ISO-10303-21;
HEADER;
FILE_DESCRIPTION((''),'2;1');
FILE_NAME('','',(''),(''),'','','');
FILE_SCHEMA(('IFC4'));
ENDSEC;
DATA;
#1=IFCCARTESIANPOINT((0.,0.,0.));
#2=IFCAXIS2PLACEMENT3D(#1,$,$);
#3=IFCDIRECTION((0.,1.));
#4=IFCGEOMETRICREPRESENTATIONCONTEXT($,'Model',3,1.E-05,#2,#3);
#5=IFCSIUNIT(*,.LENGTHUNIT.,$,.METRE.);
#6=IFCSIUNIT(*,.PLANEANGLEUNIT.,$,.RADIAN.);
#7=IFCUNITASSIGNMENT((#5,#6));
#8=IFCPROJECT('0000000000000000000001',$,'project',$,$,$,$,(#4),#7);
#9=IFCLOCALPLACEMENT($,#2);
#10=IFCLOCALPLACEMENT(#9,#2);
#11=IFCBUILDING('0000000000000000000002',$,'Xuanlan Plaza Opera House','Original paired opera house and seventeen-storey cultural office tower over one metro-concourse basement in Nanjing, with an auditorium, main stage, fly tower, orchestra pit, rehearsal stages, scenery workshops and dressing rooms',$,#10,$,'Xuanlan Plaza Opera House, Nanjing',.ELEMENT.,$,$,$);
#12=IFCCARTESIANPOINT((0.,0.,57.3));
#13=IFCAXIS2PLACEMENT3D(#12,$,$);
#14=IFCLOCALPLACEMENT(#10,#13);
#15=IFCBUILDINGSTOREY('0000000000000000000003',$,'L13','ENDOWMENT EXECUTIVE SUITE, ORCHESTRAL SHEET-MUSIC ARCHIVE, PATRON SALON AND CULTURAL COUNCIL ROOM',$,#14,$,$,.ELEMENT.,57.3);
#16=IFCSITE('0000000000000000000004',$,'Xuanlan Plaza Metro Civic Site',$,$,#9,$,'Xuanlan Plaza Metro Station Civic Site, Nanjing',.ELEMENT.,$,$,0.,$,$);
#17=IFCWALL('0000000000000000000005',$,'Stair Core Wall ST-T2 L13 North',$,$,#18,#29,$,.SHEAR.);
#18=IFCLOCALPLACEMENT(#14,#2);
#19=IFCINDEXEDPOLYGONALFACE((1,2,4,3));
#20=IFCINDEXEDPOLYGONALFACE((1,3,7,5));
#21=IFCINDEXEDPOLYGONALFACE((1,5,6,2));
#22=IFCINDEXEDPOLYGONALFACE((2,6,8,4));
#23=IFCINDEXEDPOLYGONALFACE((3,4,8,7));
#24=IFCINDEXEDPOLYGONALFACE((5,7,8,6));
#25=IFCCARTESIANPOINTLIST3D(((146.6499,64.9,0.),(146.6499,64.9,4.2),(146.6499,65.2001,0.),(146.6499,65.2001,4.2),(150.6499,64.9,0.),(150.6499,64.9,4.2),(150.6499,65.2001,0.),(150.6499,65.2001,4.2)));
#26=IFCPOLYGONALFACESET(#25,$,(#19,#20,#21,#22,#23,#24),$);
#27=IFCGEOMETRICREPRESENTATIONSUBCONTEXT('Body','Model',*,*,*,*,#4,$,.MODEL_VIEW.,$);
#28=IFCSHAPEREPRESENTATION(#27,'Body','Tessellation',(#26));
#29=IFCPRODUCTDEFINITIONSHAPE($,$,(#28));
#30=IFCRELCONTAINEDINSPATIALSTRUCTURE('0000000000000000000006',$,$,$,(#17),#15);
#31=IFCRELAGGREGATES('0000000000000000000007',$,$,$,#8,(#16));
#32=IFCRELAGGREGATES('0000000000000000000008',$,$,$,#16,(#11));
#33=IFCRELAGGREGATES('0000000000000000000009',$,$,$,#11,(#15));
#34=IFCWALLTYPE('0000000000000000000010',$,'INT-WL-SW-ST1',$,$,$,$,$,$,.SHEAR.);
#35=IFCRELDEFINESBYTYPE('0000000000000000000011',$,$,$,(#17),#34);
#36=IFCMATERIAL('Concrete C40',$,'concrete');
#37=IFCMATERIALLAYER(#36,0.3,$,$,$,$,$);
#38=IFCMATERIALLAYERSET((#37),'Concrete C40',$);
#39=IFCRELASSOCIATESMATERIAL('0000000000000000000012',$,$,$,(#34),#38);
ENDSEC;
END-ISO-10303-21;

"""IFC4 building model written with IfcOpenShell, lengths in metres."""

from ifc_helpers import new_model, si_unit, direction, frame, frame_2d, origin, place, context, subcontext, project, spatial, rectangle, extrude, material, layer, layer_set, type_object, element, save


model = new_model("IFC4")

# Units and contexts
model_context = context("Model", 3, precision=1e-05, world=origin(), true_north=direction((0.0, 1.0)))
body_context = subcontext(model_context, "Body", "Model", "MODEL_VIEW")
ifc_project = project(units=[si_unit("LENGTHUNIT", "METRE"), si_unit("PLANEANGLEUNIT", "RADIAN")], contexts=[model_context])

# Site, building, storey
site_placement = place(None, origin())
site = spatial("IfcSite", under=ifc_project, at=site_placement, Name="Xuanlan Plaza Metro Civic Site", LongName="Xuanlan Plaza Metro Station Civic Site, Nanjing", CompositionType="ELEMENT", RefElevation=0.0)
building_placement = place(site_placement, origin())
building = spatial("IfcBuilding", under=site, at=building_placement, Name="Xuanlan Plaza Opera House", Description="Original paired opera house and seventeen-storey cultural office tower over one metro-concourse basement in Nanjing, with an auditorium, main stage, fly tower, orchestra pit, rehearsal stages, scenery workshops and dressing rooms", LongName="Xuanlan Plaza Opera House, Nanjing", CompositionType="ELEMENT")
storey_placement = place(building_placement, frame((0.0, 0.0, 57.3)))
storey = spatial("IfcBuildingStorey", under=building, at=storey_placement, Name="L13", Description="ENDOWMENT EXECUTIVE SUITE, ORCHESTRAL SHEET-MUSIC ARCHIVE, PATRON SALON AND CULTURAL COUNCIL ROOM", CompositionType="ELEMENT", Elevation=57.3)

# Shared definitions
ifc_material_1 = material(Name="Concrete C40", Category="concrete")

# Wall
ifc_layer_1 = layer(ifc_material_1, 0.3)
ifc_layer_set_1 = layer_set([ifc_layer_1], Name="Concrete C40")
wall_type_1 = type_object("IfcWallType", Name="INT-WL-SW-ST1", PredefinedType="SHEAR", material=ifc_layer_set_1)
wall_1_placement = place(storey_placement, frame((146.6499, 65.05, 0.0), z_axis=(0.0, 0.0, 1.0), x_axis=(1.0, 0.0, 0.0)))
element("IfcWall", 1, at=wall_1_placement, inside=storey, type_object=wall_type_1, Name="Stair Core Wall ST-T2 L13 North", PredefinedType="SHEAR", context=body_context, shape_type="SweptSolid", body=[
    extrude(rectangle(XDim=4.0, YDim=0.3, at=frame_2d((2.0, 0.0))), origin(), (0.0, 0.0, 1.0), 4.2),
])

save(model, "model.ifc")
